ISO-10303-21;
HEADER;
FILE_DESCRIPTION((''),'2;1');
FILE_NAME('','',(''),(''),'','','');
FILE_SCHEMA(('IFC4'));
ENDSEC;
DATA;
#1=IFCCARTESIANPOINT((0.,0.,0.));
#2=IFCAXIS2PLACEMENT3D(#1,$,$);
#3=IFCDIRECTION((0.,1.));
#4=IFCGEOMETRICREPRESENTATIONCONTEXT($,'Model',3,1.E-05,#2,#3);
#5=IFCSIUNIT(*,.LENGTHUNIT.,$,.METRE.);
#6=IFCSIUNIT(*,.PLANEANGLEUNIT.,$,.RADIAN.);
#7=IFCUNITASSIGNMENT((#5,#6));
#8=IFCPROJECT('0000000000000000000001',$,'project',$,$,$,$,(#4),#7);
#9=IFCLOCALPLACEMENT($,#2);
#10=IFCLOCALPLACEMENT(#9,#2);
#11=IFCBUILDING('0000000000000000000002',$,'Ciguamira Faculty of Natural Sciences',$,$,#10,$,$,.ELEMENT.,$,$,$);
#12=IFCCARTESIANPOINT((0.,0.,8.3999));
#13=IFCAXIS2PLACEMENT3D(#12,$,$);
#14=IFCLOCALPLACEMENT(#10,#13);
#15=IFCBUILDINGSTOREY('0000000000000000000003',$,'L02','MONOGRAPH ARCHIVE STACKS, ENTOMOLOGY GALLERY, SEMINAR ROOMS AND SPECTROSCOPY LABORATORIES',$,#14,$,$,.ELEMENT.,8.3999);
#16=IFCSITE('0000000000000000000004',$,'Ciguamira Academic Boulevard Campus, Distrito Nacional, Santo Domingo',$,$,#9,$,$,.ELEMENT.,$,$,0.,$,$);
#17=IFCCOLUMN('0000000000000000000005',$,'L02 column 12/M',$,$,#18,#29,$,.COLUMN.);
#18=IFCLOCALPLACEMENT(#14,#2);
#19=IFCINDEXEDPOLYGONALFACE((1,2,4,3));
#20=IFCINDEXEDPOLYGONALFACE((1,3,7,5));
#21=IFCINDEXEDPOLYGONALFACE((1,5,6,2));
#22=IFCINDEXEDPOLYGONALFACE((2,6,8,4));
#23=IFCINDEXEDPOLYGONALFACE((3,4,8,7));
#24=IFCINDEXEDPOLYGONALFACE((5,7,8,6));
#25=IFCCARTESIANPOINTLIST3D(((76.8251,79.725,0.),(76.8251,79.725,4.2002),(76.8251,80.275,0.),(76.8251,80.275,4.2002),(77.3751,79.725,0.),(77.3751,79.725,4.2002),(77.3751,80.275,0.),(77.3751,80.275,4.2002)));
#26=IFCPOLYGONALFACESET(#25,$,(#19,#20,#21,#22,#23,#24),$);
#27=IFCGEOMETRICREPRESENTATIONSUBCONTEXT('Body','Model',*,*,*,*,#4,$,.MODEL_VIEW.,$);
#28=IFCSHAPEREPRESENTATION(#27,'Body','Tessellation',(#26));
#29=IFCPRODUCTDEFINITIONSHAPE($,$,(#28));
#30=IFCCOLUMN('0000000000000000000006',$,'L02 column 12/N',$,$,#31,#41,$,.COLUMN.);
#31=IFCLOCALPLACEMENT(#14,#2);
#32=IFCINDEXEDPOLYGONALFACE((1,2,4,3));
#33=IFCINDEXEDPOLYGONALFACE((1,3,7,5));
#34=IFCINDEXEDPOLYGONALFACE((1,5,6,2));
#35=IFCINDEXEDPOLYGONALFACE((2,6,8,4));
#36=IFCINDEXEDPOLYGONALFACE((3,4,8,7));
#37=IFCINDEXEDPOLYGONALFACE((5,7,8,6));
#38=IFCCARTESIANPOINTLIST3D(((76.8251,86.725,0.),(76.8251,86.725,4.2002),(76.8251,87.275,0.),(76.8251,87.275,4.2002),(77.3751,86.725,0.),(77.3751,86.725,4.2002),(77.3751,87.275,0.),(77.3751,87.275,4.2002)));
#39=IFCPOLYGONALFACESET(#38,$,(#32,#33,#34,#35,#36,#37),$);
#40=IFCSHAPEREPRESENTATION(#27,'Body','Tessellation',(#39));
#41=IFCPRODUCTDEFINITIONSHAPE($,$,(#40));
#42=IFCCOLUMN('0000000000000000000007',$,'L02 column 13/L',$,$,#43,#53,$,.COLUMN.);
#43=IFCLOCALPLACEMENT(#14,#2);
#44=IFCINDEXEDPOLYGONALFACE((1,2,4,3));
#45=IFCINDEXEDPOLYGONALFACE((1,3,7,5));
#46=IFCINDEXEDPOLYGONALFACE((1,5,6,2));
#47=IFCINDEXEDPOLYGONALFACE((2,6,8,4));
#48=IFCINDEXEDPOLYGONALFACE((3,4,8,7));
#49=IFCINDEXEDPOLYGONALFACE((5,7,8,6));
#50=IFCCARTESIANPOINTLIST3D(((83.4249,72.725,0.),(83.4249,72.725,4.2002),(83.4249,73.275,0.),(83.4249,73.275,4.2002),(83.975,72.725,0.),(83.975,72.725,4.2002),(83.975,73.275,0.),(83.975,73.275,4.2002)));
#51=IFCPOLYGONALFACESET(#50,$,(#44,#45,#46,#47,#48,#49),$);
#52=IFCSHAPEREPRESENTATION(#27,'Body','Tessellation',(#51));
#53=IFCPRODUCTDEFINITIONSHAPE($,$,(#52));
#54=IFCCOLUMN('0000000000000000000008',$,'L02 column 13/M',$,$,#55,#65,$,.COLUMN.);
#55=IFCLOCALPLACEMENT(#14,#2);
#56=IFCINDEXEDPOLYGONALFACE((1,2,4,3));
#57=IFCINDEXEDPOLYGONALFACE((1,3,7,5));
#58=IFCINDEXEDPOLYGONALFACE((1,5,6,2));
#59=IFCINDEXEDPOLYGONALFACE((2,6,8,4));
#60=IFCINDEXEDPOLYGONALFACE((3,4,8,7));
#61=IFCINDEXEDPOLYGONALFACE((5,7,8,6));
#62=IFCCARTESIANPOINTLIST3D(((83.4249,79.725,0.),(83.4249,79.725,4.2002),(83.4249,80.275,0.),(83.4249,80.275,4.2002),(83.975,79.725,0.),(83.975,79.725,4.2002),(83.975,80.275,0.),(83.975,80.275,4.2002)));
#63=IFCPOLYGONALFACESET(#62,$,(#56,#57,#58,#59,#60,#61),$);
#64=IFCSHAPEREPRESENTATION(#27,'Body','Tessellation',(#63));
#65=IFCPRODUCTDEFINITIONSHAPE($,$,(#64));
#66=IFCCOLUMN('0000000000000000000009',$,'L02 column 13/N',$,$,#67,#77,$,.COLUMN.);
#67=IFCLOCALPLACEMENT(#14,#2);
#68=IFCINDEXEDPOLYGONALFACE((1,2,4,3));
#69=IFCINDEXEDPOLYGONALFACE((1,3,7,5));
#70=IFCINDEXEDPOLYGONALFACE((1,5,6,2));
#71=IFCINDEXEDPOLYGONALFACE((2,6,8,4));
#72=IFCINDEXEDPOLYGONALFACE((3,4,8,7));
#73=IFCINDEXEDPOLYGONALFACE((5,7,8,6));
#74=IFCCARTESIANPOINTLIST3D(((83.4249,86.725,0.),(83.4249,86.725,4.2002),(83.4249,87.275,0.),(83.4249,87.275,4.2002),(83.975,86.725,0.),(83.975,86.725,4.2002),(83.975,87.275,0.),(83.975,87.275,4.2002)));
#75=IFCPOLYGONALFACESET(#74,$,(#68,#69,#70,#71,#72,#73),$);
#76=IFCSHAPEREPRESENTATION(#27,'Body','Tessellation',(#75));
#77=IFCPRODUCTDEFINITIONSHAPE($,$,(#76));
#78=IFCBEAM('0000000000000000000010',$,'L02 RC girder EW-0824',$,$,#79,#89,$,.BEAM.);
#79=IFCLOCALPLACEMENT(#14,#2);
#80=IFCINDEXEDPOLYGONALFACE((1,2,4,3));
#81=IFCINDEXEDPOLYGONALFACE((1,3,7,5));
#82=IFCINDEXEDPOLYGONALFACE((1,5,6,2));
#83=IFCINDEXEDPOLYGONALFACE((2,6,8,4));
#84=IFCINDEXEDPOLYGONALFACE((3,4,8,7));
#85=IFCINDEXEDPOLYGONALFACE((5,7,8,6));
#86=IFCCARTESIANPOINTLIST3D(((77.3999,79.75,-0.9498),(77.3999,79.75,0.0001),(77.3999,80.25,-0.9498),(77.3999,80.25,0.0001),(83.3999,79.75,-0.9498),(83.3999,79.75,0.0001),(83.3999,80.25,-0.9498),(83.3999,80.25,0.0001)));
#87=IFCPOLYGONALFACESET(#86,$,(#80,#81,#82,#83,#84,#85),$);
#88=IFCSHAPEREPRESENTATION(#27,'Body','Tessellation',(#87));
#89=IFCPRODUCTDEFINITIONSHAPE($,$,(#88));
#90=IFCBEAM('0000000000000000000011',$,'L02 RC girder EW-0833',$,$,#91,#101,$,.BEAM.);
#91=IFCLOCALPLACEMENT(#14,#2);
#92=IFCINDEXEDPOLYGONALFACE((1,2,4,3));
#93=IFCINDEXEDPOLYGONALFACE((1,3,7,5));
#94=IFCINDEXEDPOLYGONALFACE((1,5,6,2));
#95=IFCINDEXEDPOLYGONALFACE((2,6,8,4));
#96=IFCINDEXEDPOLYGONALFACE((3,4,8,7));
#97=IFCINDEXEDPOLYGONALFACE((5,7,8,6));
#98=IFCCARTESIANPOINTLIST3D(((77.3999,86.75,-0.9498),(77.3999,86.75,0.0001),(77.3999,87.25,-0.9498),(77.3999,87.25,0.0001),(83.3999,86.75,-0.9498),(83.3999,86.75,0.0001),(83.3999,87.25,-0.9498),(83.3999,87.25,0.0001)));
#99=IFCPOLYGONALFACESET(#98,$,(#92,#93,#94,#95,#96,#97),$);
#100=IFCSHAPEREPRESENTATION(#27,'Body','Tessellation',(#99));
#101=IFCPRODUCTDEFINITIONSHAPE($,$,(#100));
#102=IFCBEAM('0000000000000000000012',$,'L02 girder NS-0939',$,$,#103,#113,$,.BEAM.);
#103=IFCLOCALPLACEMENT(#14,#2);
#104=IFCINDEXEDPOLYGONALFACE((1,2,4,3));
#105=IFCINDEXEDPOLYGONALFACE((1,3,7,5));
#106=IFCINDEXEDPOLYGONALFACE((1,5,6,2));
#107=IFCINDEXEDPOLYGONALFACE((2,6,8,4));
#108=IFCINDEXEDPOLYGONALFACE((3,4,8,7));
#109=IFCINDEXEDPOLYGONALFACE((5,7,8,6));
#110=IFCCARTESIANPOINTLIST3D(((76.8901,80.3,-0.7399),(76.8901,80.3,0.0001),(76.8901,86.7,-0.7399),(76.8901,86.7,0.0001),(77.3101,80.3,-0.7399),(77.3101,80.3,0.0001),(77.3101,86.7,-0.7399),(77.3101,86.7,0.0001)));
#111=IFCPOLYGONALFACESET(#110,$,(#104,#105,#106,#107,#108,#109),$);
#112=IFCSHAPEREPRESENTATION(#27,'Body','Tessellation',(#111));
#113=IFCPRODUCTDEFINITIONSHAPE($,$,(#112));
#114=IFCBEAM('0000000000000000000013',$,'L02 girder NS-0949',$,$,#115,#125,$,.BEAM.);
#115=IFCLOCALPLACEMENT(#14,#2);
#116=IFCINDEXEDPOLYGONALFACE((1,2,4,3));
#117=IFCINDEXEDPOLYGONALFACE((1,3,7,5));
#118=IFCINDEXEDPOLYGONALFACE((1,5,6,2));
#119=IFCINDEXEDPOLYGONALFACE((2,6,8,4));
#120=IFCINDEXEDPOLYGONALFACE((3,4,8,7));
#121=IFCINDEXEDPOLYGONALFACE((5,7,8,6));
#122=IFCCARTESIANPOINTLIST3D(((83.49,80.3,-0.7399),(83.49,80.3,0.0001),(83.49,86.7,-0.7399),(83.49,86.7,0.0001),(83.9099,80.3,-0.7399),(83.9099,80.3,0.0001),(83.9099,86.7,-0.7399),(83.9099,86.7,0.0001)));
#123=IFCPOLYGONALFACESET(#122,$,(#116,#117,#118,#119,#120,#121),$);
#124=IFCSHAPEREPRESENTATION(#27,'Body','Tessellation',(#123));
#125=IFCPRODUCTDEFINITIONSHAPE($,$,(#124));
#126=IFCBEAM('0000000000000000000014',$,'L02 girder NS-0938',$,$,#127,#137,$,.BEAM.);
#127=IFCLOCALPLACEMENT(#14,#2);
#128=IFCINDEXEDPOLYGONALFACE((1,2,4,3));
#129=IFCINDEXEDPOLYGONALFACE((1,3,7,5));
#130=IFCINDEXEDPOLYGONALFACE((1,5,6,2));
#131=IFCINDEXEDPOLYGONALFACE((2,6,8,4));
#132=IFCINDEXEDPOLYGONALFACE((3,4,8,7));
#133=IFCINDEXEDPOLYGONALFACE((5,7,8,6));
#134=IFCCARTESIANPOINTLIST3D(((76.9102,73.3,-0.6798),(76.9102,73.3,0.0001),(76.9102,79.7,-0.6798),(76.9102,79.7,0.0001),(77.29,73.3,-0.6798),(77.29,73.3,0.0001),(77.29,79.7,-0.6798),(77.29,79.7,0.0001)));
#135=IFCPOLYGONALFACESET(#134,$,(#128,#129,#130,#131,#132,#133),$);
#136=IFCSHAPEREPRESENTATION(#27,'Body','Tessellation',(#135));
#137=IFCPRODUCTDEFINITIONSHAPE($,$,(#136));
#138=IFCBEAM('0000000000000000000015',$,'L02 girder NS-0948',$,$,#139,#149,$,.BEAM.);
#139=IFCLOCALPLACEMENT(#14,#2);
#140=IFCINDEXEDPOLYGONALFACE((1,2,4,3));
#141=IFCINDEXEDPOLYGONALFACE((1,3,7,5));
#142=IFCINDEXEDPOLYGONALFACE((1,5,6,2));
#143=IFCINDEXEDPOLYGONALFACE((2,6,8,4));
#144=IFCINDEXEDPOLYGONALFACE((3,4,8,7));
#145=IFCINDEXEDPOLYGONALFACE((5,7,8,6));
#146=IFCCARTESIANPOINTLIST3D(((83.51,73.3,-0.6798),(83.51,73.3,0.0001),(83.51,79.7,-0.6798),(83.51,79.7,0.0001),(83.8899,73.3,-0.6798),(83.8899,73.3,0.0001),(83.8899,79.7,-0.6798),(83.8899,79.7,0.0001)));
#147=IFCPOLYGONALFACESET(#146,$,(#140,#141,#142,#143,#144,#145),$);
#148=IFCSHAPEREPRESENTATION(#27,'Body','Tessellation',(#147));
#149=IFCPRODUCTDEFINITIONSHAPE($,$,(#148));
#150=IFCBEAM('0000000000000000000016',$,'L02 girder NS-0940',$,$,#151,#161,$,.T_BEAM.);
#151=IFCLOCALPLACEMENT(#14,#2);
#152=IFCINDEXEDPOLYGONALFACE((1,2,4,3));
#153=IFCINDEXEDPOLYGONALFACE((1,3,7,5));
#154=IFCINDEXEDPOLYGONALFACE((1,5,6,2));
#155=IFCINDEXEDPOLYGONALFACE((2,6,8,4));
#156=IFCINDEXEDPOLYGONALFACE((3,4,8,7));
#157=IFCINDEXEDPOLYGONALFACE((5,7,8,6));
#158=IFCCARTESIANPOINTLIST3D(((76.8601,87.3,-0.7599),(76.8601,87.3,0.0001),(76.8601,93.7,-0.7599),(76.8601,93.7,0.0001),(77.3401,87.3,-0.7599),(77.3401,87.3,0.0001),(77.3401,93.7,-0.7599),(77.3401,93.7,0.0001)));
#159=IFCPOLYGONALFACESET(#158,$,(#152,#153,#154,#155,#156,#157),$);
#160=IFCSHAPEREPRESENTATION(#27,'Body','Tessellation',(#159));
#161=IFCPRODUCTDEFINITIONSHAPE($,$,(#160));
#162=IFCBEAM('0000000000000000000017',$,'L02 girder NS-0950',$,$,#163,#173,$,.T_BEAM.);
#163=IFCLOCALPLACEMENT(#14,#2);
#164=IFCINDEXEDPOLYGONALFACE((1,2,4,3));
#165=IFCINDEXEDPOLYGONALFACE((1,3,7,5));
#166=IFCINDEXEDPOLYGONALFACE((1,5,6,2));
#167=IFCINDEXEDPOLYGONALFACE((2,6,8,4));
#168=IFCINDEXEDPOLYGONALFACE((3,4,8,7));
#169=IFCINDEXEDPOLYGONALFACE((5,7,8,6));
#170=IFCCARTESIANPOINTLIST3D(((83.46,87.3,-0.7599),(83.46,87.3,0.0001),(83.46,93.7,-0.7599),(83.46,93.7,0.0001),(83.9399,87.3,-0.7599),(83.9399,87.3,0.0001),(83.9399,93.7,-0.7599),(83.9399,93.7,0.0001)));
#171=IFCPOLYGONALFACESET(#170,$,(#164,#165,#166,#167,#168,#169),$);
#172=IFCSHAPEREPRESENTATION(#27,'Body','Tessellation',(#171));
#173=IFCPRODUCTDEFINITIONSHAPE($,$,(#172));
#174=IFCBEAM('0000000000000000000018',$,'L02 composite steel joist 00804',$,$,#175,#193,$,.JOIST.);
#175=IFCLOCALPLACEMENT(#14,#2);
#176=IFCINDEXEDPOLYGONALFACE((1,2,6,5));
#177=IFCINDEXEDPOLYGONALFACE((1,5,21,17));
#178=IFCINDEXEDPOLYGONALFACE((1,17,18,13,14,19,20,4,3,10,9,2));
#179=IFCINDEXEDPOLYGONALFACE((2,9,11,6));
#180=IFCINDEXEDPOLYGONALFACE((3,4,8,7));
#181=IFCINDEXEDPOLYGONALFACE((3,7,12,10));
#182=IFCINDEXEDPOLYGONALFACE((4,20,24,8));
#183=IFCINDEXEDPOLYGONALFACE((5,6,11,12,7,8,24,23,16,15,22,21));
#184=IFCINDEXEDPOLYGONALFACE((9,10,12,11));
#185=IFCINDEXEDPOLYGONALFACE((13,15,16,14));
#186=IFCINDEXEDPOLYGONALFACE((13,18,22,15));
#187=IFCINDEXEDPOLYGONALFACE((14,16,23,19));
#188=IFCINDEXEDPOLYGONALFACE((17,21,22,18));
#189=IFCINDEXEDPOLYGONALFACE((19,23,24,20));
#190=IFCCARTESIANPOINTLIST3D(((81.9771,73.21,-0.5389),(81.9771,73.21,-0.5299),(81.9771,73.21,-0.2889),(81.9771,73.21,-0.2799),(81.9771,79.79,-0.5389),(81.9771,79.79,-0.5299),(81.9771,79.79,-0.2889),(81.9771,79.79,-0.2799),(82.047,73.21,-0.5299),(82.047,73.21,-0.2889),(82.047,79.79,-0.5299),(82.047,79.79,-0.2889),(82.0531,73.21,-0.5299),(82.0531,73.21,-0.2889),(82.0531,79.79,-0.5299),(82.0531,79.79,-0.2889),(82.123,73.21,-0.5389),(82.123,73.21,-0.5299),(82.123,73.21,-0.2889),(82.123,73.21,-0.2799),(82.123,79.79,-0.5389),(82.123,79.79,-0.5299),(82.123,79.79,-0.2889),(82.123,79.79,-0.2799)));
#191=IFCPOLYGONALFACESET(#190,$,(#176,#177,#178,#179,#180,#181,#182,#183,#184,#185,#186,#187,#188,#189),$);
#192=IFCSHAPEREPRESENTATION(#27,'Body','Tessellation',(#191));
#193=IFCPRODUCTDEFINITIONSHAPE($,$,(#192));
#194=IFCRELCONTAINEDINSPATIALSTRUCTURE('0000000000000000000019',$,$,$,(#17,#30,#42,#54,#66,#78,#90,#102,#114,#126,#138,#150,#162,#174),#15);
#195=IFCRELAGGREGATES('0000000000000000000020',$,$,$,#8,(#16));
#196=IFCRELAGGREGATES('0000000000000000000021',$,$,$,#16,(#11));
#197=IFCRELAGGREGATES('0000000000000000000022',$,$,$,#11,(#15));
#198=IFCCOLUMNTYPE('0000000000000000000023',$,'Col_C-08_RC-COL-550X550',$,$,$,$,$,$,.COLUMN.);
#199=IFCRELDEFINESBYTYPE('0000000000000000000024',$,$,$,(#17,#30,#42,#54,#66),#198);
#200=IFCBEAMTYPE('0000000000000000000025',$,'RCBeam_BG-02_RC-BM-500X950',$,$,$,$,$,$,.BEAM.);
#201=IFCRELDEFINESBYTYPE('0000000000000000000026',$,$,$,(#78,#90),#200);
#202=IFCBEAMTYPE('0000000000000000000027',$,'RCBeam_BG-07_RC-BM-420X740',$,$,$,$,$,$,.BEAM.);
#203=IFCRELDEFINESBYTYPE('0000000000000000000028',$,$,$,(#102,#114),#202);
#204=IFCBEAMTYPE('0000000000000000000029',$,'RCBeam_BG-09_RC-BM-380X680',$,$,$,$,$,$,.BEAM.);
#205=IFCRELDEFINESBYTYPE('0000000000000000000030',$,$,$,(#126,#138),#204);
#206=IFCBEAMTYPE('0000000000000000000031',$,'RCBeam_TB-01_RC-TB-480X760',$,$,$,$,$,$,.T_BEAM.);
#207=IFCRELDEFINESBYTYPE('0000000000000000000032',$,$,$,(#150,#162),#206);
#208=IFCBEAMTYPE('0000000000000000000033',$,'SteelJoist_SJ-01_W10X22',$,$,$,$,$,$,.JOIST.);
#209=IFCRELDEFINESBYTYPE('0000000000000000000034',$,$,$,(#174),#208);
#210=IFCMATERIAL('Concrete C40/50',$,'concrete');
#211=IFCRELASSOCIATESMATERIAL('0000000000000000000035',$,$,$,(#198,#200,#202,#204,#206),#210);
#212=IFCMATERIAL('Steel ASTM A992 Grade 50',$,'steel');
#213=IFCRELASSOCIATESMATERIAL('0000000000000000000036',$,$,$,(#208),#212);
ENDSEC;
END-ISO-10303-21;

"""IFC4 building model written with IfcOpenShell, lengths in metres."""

from ifc_helpers import new_model, si_unit, direction, frame, origin, origin_2d, place, context, subcontext, project, spatial, rectangle, i_section, extrude, material, material_profile, profile_set, type_object, element, save


model = new_model("IFC4")

# Units and contexts
model_context = context("Model", 3, precision=1e-05, world=origin(), true_north=direction((0.0, 1.0)))
body_context = subcontext(model_context, "Body", "Model", "MODEL_VIEW")
ifc_project = project(units=[si_unit("LENGTHUNIT", "METRE"), si_unit("PLANEANGLEUNIT", "RADIAN")], contexts=[model_context])

# Site, building, storey
site_placement = place(None, origin())
site = spatial("IfcSite", under=ifc_project, at=site_placement, Name="Ciguamira Academic Boulevard Campus, Distrito Nacional, Santo Domingo", CompositionType="ELEMENT", RefElevation=0.0)
building_placement = place(site_placement, origin())
building = spatial("IfcBuilding", under=site, at=building_placement, Name="Ciguamira Faculty of Natural Sciences", CompositionType="ELEMENT")
storey_placement = place(building_placement, frame((0.0, 0.0, 8.3999)))
storey = spatial("IfcBuildingStorey", under=building, at=storey_placement, Name="L02", Description="MONOGRAPH ARCHIVE STACKS, ENTOMOLOGY GALLERY, SEMINAR ROOMS AND SPECTROSCOPY LABORATORIES", CompositionType="ELEMENT", Elevation=8.3999)

# Columns
ifc_material_1 = material(Name="Concrete C40/50", Category="concrete")
ifc_material_profile_1 = material_profile(ifc_material_1, rectangle(XDim=0.55, YDim=0.55, at=origin_2d()), Name="RC-COL-550X550")
ifc_profile_set_1 = profile_set([ifc_material_profile_1], Name="Concrete C40/50")
column_type = type_object("IfcColumnType", Name="Col_C-08_RC-COL-550X550", PredefinedType="COLUMN", material=ifc_profile_set_1)
for number, where, z_axis, x_axis, name in (
    (1, (77.1001, 80.0, 0.0), (0.0, 0.0, 1.0), (1.0, 0.0, 0.0), "L02 column 12/M"),
    (2, (77.1001, 87.0, 0.0), (0.0, 0.0, 1.0), (1.0, 0.0, 0.0), "L02 column 12/N"),
    (3, (83.7, 73.0, 0.0), (0.0, 0.0, 1.0), (1.0, 0.0, 0.0), "L02 column 13/L"),
    (4, (83.7, 80.0, 0.0), (0.0, 0.0, 1.0), (1.0, 0.0, 0.0), "L02 column 13/M"),
    (5, (83.7, 87.0, 0.0), (0.0, 0.0, 1.0), (1.0, 0.0, 0.0), "L02 column 13/N"),
):
    element("IfcColumn", number, at=place(storey_placement, frame(where, z_axis=z_axis, x_axis=x_axis)), inside=storey, type_object=column_type, Name=name, PredefinedType="COLUMN", context=body_context, shape_type="SweptSolid", body=[
        extrude(rectangle(XDim=0.55, YDim=0.55, at=origin_2d()), origin(), (0.0, 0.0, 1.0), 4.2002),
    ])

# Beams
ifc_material_profile_2 = material_profile(ifc_material_1, rectangle(XDim=0.5, YDim=0.95, at=origin_2d()), Name="RC-BM-500X950")
ifc_profile_set_2 = profile_set([ifc_material_profile_2], Name="Concrete C40/50")
beam_type_1 = type_object("IfcBeamType", Name="RCBeam_BG-02_RC-BM-500X950", PredefinedType="BEAM", material=ifc_profile_set_2)
for number, where, z_axis, x_axis, name in (
    (6, (77.3999, 80.0, -0.4749), (1.0, 0.0, 0.0), (0.0, 1.0, 0.0), "L02 RC girder EW-0824"),
    (7, (77.3999, 87.0, -0.4749), (1.0, 0.0, 0.0), (0.0, 1.0, 0.0), "L02 RC girder EW-0833"),
):
    element("IfcBeam", number, at=place(storey_placement, frame(where, z_axis=z_axis, x_axis=x_axis)), inside=storey, type_object=beam_type_1, Name=name, PredefinedType="BEAM", context=body_context, shape_type="SweptSolid", body=[
        extrude(rectangle(XDim=0.5, YDim=0.95, at=origin_2d()), origin(), (0.0, 0.0, 1.0), 6.0),
    ])
ifc_material_profile_3 = material_profile(ifc_material_1, rectangle(XDim=0.4199, YDim=0.74, at=origin_2d()), Name="RC-BM-420X740")
ifc_profile_set_3 = profile_set([ifc_material_profile_3], Name="Concrete C40/50")
beam_type_2 = type_object("IfcBeamType", Name="RCBeam_BG-07_RC-BM-420X740", PredefinedType="BEAM", material=ifc_profile_set_3)
for number, where, z_axis, x_axis, name in (
    (8, (77.1001, 80.3, -0.3699), (0.0, 1.0, 0.0), (-1.0, 0.0, 0.0), "L02 girder NS-0939"),
    (9, (83.7, 80.3, -0.3699), (0.0, 1.0, 0.0), (-1.0, 0.0, 0.0), "L02 girder NS-0949"),
):
    element("IfcBeam", number, at=place(storey_placement, frame(where, z_axis=z_axis, x_axis=x_axis)), inside=storey, type_object=beam_type_2, Name=name, PredefinedType="BEAM", context=body_context, shape_type="SweptSolid", body=[
        extrude(rectangle(XDim=0.4199, YDim=0.74, at=origin_2d()), origin(), (0.0, 0.0, 1.0), 6.3999),
    ])
ifc_material_profile_4 = material_profile(ifc_material_1, rectangle(XDim=0.3799, YDim=0.6799, at=origin_2d()), Name="RC-BM-380X680")
ifc_profile_set_4 = profile_set([ifc_material_profile_4], Name="Concrete C40/50")
beam_type_3 = type_object("IfcBeamType", Name="RCBeam_BG-09_RC-BM-380X680", PredefinedType="BEAM", material=ifc_profile_set_4)
for number, where, z_axis, x_axis, name in (
    (10, (77.1001, 73.3, -0.3398), (0.0, 1.0, 0.0), (-1.0, 0.0, 0.0), "L02 girder NS-0938"),
    (11, (83.7, 73.3, -0.3398), (0.0, 1.0, 0.0), (-1.0, 0.0, 0.0), "L02 girder NS-0948"),
):
    element("IfcBeam", number, at=place(storey_placement, frame(where, z_axis=z_axis, x_axis=x_axis)), inside=storey, type_object=beam_type_3, Name=name, PredefinedType="BEAM", context=body_context, shape_type="SweptSolid", body=[
        extrude(rectangle(XDim=0.3799, YDim=0.6799, at=origin_2d()), origin(), (0.0, 0.0, 1.0), 6.3999),
    ])
ifc_material_profile_5 = material_profile(ifc_material_1, rectangle(XDim=0.48, YDim=0.76, at=origin_2d()), Name="RC-TB-480X760")
ifc_profile_set_5 = profile_set([ifc_material_profile_5], Name="Concrete C40/50")
beam_type_4 = type_object("IfcBeamType", Name="RCBeam_TB-01_RC-TB-480X760", PredefinedType="T_BEAM", material=ifc_profile_set_5)
for number, where, z_axis, x_axis, name in (
    (12, (77.1001, 87.3, -0.3799), (0.0, 1.0, 0.0), (-1.0, 0.0, 0.0), "L02 girder NS-0940"),
    (13, (83.7, 87.3, -0.3799), (0.0, 1.0, 0.0), (-1.0, 0.0, 0.0), "L02 girder NS-0950"),
):
    element("IfcBeam", number, at=place(storey_placement, frame(where, z_axis=z_axis, x_axis=x_axis)), inside=storey, type_object=beam_type_4, Name=name, PredefinedType="T_BEAM", context=body_context, shape_type="SweptSolid", body=[
        extrude(rectangle(XDim=0.48, YDim=0.76, at=origin_2d()), origin(), (0.0, 0.0, 1.0), 6.3999),
    ])
ifc_material_2 = material(Name="Steel ASTM A992 Grade 50", Category="steel")
ifc_material_profile_6 = material_profile(ifc_material_2, i_section(OverallWidth=0.146, OverallDepth=0.259, WebThickness=0.0061, FlangeThickness=0.009, at=origin_2d()), Name="W10X22")
ifc_profile_set_6 = profile_set([ifc_material_profile_6], Name="Steel ASTM A992 Grade 50")
beam_type_5 = type_object("IfcBeamType", Name="SteelJoist_SJ-01_W10X22", PredefinedType="JOIST", material=ifc_profile_set_6)
beam_1_placement = place(storey_placement, frame((82.05, 73.21, -0.4094), z_axis=(0.0, 1.0, 0.0), x_axis=(-1.0, 0.0, 0.0)))
element("IfcBeam", 14, at=beam_1_placement, inside=storey, type_object=beam_type_5, Name="L02 composite steel joist 00804", PredefinedType="JOIST", context=body_context, shape_type="SweptSolid", body=[
    extrude(i_section(OverallWidth=0.146, OverallDepth=0.259, WebThickness=0.0061, FlangeThickness=0.009, at=origin_2d()), origin(), (0.0, 0.0, 1.0), 6.5801),
])

save(model, "model.ifc")
